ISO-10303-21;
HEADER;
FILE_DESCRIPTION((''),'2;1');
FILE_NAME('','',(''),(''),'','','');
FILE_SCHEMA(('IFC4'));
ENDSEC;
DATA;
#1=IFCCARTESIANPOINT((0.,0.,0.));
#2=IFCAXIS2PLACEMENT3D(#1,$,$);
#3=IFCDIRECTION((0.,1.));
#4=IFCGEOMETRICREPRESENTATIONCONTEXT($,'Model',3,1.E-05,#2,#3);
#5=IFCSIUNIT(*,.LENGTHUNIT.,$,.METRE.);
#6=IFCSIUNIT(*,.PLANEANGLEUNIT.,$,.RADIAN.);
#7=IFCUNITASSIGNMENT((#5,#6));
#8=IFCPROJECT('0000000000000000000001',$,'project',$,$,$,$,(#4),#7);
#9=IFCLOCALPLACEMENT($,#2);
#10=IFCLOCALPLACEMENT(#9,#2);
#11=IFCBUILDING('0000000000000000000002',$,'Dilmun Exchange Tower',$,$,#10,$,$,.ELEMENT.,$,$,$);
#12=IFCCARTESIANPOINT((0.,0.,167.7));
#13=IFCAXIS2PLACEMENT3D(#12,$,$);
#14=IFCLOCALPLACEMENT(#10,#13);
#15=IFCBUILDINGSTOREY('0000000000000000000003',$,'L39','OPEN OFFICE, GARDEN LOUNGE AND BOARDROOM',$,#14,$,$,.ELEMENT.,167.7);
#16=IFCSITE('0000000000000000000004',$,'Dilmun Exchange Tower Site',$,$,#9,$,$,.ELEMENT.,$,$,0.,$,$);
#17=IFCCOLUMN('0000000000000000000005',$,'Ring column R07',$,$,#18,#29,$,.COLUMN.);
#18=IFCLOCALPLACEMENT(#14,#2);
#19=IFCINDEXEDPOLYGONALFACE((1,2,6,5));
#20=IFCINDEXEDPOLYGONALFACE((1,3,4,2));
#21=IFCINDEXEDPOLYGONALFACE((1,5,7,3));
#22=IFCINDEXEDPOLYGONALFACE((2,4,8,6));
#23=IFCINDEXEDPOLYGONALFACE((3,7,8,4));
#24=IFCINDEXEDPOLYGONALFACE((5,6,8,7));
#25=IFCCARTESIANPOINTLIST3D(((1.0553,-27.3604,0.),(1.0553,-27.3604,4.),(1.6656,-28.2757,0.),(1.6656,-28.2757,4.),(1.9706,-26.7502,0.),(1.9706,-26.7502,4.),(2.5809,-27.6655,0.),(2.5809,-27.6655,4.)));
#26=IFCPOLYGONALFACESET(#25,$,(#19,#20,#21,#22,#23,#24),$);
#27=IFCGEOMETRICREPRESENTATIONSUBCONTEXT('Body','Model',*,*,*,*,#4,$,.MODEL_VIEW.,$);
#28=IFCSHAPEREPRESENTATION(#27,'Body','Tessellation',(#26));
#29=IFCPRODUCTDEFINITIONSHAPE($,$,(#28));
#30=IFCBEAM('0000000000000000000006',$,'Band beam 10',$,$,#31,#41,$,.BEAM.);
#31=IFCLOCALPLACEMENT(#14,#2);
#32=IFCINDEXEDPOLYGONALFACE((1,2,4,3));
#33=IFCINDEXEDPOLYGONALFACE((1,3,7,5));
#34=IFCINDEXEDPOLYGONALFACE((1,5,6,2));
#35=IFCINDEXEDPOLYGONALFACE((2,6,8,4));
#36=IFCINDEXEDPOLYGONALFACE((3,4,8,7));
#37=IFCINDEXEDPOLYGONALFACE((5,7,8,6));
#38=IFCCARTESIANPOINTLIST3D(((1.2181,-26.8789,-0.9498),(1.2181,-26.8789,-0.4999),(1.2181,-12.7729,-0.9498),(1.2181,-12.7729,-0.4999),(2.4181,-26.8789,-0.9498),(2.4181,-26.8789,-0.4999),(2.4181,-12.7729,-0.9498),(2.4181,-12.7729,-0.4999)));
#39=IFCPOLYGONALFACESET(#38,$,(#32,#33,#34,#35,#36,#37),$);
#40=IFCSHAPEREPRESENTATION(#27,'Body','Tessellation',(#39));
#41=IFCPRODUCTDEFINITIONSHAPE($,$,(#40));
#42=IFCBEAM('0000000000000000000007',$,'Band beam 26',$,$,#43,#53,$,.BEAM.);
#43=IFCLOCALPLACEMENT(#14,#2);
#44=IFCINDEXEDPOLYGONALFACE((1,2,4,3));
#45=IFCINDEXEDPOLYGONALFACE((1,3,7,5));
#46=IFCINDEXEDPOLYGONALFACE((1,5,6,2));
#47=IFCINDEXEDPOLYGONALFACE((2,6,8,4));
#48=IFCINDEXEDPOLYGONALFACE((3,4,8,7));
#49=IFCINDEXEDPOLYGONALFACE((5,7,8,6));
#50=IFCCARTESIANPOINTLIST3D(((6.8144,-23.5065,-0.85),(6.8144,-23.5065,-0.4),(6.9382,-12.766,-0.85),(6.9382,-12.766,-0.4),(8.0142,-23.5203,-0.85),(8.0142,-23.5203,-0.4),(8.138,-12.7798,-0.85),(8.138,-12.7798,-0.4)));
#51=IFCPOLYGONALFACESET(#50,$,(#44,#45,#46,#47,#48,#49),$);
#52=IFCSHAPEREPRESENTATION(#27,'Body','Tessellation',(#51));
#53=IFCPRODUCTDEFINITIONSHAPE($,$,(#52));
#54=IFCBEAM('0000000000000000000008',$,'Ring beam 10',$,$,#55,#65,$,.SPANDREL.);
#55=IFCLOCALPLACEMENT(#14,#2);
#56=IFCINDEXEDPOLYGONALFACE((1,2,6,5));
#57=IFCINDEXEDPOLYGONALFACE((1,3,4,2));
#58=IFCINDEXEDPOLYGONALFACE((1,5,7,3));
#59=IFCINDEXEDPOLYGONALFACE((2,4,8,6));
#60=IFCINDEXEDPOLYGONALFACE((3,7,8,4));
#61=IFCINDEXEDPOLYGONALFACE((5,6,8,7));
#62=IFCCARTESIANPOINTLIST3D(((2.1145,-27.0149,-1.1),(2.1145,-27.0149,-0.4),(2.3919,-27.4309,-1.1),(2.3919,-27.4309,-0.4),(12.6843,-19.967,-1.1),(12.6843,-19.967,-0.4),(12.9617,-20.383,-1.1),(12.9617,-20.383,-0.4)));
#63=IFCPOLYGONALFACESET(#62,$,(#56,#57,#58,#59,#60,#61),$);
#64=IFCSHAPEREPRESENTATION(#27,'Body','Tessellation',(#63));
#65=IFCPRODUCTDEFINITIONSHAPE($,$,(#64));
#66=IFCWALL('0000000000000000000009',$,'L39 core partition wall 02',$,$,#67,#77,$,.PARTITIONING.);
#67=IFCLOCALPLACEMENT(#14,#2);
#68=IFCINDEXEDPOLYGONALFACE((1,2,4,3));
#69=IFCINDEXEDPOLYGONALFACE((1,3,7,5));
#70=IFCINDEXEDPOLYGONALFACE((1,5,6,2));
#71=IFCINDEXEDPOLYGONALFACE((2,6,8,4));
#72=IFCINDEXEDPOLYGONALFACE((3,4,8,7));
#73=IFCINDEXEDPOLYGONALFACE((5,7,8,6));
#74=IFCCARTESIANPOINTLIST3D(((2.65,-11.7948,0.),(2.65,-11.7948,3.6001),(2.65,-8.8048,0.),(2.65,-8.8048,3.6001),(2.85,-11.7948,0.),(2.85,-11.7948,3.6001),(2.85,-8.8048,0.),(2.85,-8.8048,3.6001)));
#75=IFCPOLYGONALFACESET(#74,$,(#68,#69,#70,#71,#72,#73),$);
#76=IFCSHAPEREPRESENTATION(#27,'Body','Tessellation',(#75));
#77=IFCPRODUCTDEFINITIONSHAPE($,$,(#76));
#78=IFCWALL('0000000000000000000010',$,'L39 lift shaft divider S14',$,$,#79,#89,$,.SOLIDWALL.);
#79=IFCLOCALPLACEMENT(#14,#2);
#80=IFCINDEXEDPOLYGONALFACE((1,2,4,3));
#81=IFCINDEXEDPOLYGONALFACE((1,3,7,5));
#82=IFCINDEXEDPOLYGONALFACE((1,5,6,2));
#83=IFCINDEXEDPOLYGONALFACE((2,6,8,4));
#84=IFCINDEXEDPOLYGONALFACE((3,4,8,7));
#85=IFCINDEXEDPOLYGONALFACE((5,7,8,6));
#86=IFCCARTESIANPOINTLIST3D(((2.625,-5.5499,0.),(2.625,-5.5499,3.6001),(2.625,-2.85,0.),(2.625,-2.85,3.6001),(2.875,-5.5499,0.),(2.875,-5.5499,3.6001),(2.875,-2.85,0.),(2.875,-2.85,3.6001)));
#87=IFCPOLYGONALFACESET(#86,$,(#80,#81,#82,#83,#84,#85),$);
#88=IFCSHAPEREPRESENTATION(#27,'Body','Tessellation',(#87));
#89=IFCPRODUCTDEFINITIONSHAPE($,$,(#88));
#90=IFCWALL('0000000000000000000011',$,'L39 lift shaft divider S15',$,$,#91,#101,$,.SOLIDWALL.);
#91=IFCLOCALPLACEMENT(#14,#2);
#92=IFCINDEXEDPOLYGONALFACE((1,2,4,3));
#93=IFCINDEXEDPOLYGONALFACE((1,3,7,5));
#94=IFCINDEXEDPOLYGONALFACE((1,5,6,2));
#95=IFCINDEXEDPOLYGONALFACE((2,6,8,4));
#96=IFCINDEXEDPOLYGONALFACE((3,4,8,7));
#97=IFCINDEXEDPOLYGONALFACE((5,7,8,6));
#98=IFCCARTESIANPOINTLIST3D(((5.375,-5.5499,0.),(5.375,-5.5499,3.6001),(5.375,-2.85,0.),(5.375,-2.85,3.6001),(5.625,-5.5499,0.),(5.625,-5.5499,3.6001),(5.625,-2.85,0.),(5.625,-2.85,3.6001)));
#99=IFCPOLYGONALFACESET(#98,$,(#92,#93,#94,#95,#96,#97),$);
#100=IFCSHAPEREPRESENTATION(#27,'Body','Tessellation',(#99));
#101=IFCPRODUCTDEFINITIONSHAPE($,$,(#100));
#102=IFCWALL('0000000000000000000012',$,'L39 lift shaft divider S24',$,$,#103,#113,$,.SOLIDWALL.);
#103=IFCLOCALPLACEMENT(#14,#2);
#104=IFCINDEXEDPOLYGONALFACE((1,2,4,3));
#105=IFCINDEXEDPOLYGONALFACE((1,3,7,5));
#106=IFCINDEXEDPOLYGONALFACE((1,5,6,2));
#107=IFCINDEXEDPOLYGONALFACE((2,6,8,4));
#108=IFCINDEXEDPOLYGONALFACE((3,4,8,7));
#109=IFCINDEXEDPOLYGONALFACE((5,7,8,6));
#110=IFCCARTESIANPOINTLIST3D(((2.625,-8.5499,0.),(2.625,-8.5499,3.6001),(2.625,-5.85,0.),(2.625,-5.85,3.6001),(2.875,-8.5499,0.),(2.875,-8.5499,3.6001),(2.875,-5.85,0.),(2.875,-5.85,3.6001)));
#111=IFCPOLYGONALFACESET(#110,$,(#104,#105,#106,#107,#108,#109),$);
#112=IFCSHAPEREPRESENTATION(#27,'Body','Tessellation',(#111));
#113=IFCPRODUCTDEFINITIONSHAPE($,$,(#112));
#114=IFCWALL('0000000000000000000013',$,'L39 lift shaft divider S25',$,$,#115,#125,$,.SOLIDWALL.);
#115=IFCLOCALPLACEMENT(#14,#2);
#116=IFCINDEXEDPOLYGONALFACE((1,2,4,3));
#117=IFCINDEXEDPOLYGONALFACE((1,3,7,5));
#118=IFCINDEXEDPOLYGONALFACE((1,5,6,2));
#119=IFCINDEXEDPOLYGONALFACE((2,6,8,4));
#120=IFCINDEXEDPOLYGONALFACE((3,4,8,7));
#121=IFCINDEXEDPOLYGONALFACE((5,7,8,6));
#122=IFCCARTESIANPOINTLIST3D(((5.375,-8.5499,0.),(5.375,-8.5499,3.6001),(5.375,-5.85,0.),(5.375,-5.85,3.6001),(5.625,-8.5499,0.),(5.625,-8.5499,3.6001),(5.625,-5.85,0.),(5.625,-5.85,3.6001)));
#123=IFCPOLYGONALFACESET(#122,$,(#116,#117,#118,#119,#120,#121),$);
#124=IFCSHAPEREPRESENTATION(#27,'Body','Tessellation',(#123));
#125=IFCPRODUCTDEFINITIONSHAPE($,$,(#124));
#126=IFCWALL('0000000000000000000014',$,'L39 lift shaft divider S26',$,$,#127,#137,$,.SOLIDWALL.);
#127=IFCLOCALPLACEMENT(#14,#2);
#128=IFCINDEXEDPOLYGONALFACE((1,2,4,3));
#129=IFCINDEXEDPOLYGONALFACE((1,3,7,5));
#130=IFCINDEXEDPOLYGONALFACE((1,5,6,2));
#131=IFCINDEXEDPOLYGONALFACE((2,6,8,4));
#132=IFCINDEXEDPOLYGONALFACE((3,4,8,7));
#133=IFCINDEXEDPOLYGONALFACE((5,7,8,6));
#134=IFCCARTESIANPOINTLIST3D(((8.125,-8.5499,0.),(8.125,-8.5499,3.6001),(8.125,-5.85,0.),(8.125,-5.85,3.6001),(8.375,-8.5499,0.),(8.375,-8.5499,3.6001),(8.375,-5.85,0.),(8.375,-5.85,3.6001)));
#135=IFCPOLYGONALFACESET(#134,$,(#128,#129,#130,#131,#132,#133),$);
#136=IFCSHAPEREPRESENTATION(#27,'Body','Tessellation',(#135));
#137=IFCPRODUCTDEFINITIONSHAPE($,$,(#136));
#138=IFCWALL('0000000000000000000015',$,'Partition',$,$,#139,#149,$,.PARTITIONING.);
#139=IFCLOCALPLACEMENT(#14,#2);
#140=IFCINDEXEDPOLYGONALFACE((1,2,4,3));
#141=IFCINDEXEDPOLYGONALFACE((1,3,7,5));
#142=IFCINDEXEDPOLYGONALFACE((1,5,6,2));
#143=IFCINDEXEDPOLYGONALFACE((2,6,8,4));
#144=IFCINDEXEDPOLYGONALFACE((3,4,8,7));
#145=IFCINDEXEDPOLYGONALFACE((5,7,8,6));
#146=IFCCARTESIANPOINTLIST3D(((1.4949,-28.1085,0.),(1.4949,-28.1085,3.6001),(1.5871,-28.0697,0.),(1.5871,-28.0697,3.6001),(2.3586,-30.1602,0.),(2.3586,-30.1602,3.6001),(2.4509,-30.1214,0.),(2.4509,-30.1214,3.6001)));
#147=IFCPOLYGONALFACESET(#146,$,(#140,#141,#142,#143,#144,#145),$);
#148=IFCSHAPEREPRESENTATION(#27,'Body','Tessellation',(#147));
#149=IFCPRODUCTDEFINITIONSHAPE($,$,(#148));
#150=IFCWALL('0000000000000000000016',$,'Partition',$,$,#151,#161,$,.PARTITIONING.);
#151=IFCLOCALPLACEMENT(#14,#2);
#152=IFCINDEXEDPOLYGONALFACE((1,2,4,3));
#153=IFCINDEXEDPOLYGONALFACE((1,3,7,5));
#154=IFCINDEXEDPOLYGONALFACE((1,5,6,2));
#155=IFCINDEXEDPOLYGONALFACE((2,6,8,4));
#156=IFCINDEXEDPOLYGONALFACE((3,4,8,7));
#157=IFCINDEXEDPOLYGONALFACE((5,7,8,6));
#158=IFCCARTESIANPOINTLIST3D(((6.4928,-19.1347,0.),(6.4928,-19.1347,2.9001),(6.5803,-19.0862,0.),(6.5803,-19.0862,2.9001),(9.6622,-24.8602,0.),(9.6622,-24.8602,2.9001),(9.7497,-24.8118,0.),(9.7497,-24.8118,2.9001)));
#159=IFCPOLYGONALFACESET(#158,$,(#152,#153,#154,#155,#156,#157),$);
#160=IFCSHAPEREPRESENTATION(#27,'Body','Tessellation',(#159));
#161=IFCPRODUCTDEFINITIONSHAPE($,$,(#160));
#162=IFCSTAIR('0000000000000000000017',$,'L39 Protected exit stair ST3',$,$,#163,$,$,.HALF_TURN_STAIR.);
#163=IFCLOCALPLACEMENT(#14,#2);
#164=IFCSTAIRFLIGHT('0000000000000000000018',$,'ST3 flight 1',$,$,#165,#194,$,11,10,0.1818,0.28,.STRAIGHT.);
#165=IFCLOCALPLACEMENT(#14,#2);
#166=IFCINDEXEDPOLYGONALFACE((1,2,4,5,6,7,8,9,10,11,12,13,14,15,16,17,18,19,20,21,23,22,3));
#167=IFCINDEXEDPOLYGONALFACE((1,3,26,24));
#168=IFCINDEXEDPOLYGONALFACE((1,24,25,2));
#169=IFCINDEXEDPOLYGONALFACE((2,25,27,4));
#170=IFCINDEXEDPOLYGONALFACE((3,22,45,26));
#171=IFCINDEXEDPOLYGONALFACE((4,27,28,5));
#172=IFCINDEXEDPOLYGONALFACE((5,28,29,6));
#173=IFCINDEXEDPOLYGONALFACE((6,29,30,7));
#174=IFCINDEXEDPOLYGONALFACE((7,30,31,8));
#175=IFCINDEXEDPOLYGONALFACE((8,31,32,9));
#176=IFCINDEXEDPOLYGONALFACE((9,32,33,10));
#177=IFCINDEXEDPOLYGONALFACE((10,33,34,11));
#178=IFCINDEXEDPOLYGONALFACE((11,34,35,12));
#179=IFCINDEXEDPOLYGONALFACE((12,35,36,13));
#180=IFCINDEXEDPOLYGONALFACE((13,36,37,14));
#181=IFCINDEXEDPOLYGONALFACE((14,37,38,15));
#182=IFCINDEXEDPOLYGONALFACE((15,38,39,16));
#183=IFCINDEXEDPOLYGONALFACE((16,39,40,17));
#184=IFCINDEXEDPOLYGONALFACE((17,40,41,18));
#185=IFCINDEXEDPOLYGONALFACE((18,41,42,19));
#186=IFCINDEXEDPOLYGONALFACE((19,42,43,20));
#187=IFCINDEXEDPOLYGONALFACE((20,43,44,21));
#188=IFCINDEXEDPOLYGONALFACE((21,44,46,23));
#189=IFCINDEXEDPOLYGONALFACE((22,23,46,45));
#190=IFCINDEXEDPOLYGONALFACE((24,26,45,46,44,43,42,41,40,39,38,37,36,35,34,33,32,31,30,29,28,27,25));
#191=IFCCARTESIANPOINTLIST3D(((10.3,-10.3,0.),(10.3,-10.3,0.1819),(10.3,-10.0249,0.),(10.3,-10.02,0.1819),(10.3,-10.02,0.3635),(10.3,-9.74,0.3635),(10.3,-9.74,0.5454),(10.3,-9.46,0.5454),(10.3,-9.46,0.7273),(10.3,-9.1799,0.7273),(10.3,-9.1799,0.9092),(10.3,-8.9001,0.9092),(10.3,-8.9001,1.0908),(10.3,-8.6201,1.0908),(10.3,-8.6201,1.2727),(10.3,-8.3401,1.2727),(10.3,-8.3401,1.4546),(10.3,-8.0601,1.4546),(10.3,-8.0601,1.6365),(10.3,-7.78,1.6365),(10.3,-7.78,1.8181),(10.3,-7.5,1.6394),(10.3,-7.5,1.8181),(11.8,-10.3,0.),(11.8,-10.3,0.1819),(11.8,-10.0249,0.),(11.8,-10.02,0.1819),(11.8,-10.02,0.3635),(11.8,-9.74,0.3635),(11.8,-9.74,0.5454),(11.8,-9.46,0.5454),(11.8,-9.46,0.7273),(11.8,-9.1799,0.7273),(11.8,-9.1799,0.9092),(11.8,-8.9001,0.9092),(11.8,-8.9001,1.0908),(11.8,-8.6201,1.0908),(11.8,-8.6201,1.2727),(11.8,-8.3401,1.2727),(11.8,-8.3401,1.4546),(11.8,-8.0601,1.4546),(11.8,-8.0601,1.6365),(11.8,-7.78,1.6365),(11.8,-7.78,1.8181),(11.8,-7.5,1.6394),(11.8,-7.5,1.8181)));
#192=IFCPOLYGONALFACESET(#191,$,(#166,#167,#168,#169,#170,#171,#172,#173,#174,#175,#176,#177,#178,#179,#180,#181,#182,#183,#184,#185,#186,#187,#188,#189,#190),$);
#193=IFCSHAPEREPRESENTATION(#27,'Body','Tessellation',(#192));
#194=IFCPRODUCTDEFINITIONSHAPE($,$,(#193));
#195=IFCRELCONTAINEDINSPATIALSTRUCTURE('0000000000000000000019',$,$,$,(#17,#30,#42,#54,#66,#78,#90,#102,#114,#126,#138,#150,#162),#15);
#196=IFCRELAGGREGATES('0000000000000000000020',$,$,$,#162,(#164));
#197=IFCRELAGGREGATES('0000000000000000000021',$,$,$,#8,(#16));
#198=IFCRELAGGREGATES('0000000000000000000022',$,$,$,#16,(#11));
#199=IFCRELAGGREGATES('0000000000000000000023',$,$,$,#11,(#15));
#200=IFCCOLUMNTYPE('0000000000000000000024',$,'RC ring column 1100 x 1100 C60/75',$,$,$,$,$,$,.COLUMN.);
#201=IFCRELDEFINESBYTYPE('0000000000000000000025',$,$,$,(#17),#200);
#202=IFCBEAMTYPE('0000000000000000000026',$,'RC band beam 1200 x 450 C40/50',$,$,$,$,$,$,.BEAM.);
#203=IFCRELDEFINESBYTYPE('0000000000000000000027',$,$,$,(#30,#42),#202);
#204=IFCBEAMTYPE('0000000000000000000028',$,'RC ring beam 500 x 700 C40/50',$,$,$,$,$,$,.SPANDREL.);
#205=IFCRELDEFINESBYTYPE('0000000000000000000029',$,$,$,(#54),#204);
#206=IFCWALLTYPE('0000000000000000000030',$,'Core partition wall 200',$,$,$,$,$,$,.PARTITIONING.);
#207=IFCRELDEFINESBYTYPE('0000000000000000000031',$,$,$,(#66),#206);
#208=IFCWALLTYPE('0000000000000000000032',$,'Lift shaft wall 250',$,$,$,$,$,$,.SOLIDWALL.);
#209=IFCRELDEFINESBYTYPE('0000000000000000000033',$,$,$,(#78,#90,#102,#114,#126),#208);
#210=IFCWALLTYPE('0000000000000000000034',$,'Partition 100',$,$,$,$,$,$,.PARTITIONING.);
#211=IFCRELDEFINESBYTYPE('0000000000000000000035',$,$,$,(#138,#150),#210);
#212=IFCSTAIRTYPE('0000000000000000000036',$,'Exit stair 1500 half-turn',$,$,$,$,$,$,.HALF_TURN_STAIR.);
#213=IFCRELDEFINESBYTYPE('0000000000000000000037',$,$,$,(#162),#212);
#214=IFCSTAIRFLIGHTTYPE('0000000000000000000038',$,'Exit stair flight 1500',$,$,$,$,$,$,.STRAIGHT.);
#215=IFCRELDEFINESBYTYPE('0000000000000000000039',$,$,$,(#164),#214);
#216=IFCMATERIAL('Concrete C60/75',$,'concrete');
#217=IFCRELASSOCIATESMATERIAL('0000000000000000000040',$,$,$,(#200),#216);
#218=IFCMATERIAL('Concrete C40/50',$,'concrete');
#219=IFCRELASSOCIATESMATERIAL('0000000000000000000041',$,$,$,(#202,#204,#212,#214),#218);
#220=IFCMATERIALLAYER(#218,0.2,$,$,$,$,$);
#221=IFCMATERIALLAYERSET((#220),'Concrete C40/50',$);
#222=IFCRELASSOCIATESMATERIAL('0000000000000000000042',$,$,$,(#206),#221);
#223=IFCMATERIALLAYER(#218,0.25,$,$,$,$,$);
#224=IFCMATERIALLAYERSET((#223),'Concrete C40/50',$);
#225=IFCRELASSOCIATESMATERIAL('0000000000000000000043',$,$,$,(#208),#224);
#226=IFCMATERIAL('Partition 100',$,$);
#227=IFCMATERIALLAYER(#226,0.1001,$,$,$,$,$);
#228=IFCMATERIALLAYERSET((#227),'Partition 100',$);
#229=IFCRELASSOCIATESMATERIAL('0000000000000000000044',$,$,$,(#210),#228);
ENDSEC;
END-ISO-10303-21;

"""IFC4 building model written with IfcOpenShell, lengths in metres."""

from ifc_helpers import new_model, si_unit, direction, frame, frame_2d, origin, origin_2d, place, context, subcontext, project, spatial, polyline, rectangle, outline, extrude, material, layer, layer_set, material_profile, profile_set, type_object, element, aggregate, save


model = new_model("IFC4")

# Units and contexts
model_context = context("Model", 3, precision=1e-05, world=origin(), true_north=direction((0.0, 1.0)))
body_context = subcontext(model_context, "Body", "Model", "MODEL_VIEW")
ifc_project = project(units=[si_unit("LENGTHUNIT", "METRE"), si_unit("PLANEANGLEUNIT", "RADIAN")], contexts=[model_context])

# Site, building, storey
site_placement = place(None, origin())
site = spatial("IfcSite", under=ifc_project, at=site_placement, Name="Dilmun Exchange Tower Site", CompositionType="ELEMENT", RefElevation=0.0)
building_placement = place(site_placement, origin())
building = spatial("IfcBuilding", under=site, at=building_placement, Name="Dilmun Exchange Tower", CompositionType="ELEMENT")
storey_placement = place(building_placement, frame((0.0, 0.0, 167.7)))
storey = spatial("IfcBuildingStorey", under=building, at=storey_placement, Name="L39", Description="OPEN OFFICE, GARDEN LOUNGE AND BOARDROOM", CompositionType="ELEMENT", Elevation=167.7)

# Column
ifc_material_1 = material(Name="Concrete C60/75", Category="concrete")
ifc_material_profile_1 = material_profile(ifc_material_1, rectangle(XDim=1.1001, YDim=1.1001, at=origin_2d()), Name="1100 x 1100")
ifc_profile_set_1 = profile_set([ifc_material_profile_1], Name="Concrete C60/75")
column_type = type_object("IfcColumnType", Name="RC ring column 1100 x 1100 C60/75", PredefinedType="COLUMN", material=ifc_profile_set_1)
column_placement = place(storey_placement, frame((1.8181, -27.5129, 0.0), z_axis=(0.0, 0.0, 1.0), x_axis=(0.832029, 0.554733, 0.0)))
element("IfcColumn", 1, at=column_placement, inside=storey, type_object=column_type, Name="Ring column R07", PredefinedType="COLUMN", context=body_context, shape_type="SweptSolid", body=[
    extrude(rectangle(XDim=1.1001, YDim=1.1001, at=origin_2d()), origin(), (0.0, 0.0, 1.0), 4.0),
])

# Beams
ifc_material_2 = material(Name="Concrete C40/50", Category="concrete")
ifc_material_profile_2 = material_profile(ifc_material_2, rectangle(XDim=1.2, YDim=0.45, at=origin_2d()), Name="1200 x 450")
ifc_profile_set_2 = profile_set([ifc_material_profile_2], Name="Concrete C40/50")
beam_type_1 = type_object("IfcBeamType", Name="RC band beam 1200 x 450 C40/50", PredefinedType="BEAM", material=ifc_profile_set_2)
beam_1_placement = place(storey_placement, frame((1.8181, -26.8789, -0.7249), z_axis=(0.0, 1.0, 0.0), x_axis=(-1.0, 0.0, 0.0)))
element("IfcBeam", 2, at=beam_1_placement, inside=storey, type_object=beam_type_1, Name="Band beam 10", PredefinedType="BEAM", context=body_context, shape_type="SweptSolid", body=[
    extrude(rectangle(XDim=1.2, YDim=0.45, at=origin_2d()), origin(), (0.0, 0.0, 1.0), 14.106),
])
beam_2_placement = place(storey_placement, frame((7.4143, -23.5134, -0.625), z_axis=(0.011524, 0.999934, 0.0), x_axis=(-0.999934, 0.011524, 0.0)))
element("IfcBeam", 3, at=beam_2_placement, inside=storey, type_object=beam_type_1, Name="Band beam 26", PredefinedType="BEAM", context=body_context, shape_type="SweptSolid", body=[
    extrude(rectangle(XDim=1.2, YDim=0.45, at=origin_2d()), origin(), (0.0, 0.0, 1.0), 10.7412),
])
ifc_material_profile_3 = material_profile(ifc_material_2, rectangle(XDim=0.5, YDim=0.7, at=origin_2d()), Name="500 x 700")
ifc_profile_set_3 = profile_set([ifc_material_profile_3], Name="Concrete C40/50")
beam_type_2 = type_object("IfcBeamType", Name="RC ring beam 500 x 700 C40/50", PredefinedType="SPANDREL", material=ifc_profile_set_3)
beam_3_placement = place(storey_placement, frame((2.2532, -27.2229, -0.75), z_axis=(0.832003, 0.554771, 0.0), x_axis=(-0.554771, 0.832003, 0.0)))
element("IfcBeam", 4, at=beam_3_placement, inside=storey, type_object=beam_type_2, Name="Ring beam 10", PredefinedType="SPANDREL", context=body_context, shape_type="SweptSolid", body=[
    extrude(rectangle(XDim=0.5, YDim=0.7, at=origin_2d()), origin(), (0.0, 0.0, 1.0), 12.7041),
])

# Walls
ifc_layer_1 = layer(ifc_material_2, 0.2)
ifc_layer_set_1 = layer_set([ifc_layer_1], Name="Concrete C40/50")
wall_type_1 = type_object("IfcWallType", Name="Core partition wall 200", PredefinedType="PARTITIONING", material=ifc_layer_set_1)
wall_1_placement = place(storey_placement, frame((2.75, -11.7949, 0.0), z_axis=(0.0, 0.0, 1.0), x_axis=(0.0, 1.0, 0.0)))
element("IfcWall", 5, at=wall_1_placement, inside=storey, type_object=wall_type_1, Name="L39 core partition wall 02", PredefinedType="PARTITIONING", context=body_context, shape_type="SweptSolid", body=[
    extrude(rectangle(XDim=2.99, YDim=0.2, at=frame_2d((1.4951, 0.0))), origin(), (0.0, 0.0, 1.0), 3.6001),
])
ifc_layer_2 = layer(ifc_material_2, 0.25)
ifc_layer_set_2 = layer_set([ifc_layer_2], Name="Concrete C40/50")
wall_type_2 = type_object("IfcWallType", Name="Lift shaft wall 250", PredefinedType="SOLIDWALL", material=ifc_layer_set_2)
for number, where, z_axis, x_axis, name in (
    (6, (2.75, -5.55, 0.0), (0.0, 0.0, 1.0), (0.0, 1.0, 0.0), "L39 lift shaft divider S14"),
    (7, (5.5, -5.55, 0.0), (0.0, 0.0, 1.0), (0.0, 1.0, 0.0), "L39 lift shaft divider S15"),
    (8, (2.75, -8.55, 0.0), (0.0, 0.0, 1.0), (0.0, 1.0, 0.0), "L39 lift shaft divider S24"),
    (9, (5.5, -8.55, 0.0), (0.0, 0.0, 1.0), (0.0, 1.0, 0.0), "L39 lift shaft divider S25"),
    (10, (8.25, -8.55, 0.0), (0.0, 0.0, 1.0), (0.0, 1.0, 0.0), "L39 lift shaft divider S26"),
):
    element("IfcWall", number, at=place(storey_placement, frame(where, z_axis=z_axis, x_axis=x_axis)), inside=storey, type_object=wall_type_2, Name=name, PredefinedType="SOLIDWALL", context=body_context, shape_type="SweptSolid", body=[
        extrude(rectangle(XDim=2.7, YDim=0.25, at=frame_2d((1.3501, 0.0))), origin(), (0.0, 0.0, 1.0), 3.6001),
    ])
ifc_material_3 = material(Name="Partition 100")
ifc_layer_3 = layer(ifc_material_3, 0.1001)
ifc_layer_set_3 = layer_set([ifc_layer_3], Name="Partition 100")
wall_type_3 = type_object("IfcWallType", Name="Partition 100", PredefinedType="PARTITIONING", material=ifc_layer_set_3)
wall_2_placement = place(storey_placement, frame((1.541, -28.0891, 0.0), z_axis=(0.0, 0.0, 1.0), x_axis=(0.388008, -0.921656, 0.0)))
element("IfcWall", 11, at=wall_2_placement, inside=storey, type_object=wall_type_3, Name="Partition", PredefinedType="PARTITIONING", context=body_context, shape_type="SweptSolid", body=[
    extrude(rectangle(XDim=2.2261, YDim=0.1001, at=frame_2d((1.113, 0.0))), origin(), (0.0, 0.0, 1.0), 3.6001),
])
wall_3_placement = place(storey_placement, frame((6.5366, -19.1106, 0.0), z_axis=(0.0, 0.0, 1.0), x_axis=(0.484306, -0.874899, 0.0)))
element("IfcWall", 12, at=wall_3_placement, inside=storey, type_object=wall_type_3, Name="Partition", PredefinedType="PARTITIONING", context=body_context, shape_type="SweptSolid", body=[
    extrude(rectangle(XDim=6.5442, YDim=0.1001, at=frame_2d((3.272, 0.0))), origin(), (0.0, 0.0, 1.0), 2.9001),
])

# Stair, stair flight
stair_type = type_object("IfcStairType", Name="Exit stair 1500 half-turn", PredefinedType="HALF_TURN_STAIR", material=ifc_material_2)
stair_placement = place(storey_placement, origin())
stair = element("IfcStair", 13, at=stair_placement, inside=storey, type_object=stair_type, Name="L39 Protected exit stair ST3", PredefinedType="HALF_TURN_STAIR")
stair_flight_type = type_object("IfcStairFlightType", Name="Exit stair flight 1500", PredefinedType="STRAIGHT", material=ifc_material_2)
stair_flight_1_placement = place(storey_placement, frame((11.05, -10.3, 0.0), z_axis=(0.0, 0.0, 1.0), x_axis=(0.0, 1.0, 0.0)))
stair_flight_1 = element("IfcStairFlight", 14, at=stair_flight_1_placement, type_object=stair_flight_type, Name="ST3 flight 1", NumberOfRisers=11, NumberOfTreads=10, PredefinedType="STRAIGHT", RiserHeight=0.1818, TreadLength=0.28, context=body_context, shape_type="SweptSolid", body=[
    extrude(outline(polyline([(0.0, 0.0), (0.0, 0.1819), (0.28, 0.1819), (0.28, 0.3635), (0.5601, 0.3635), (0.5601, 0.5454), (0.8401, 0.5454), (0.8401, 0.7273), (1.1201, 0.7273), (1.1201, 0.9092), (1.3999, 0.9092), (1.3999, 1.0908), (1.6799, 1.0908), (1.6799, 1.2727), (1.96, 1.2727), (1.96, 1.4546), (2.24, 1.4546), (2.24, 1.6365), (2.52, 1.6365), (2.52, 1.8181), (2.8, 1.8181), (2.8, 2.0), (2.8, 1.6394), (0.2751, 0.0), (0.0, 0.0)])), frame((0.0, 0.75, 0.0), z_axis=(0.0, -1.0, 0.0), x_axis=(1.0, 0.0, 0.0)), (0.0, 0.0, 1.0), 1.5),
])
aggregate(stair, [stair_flight_1])

save(model, "model.ifc")
